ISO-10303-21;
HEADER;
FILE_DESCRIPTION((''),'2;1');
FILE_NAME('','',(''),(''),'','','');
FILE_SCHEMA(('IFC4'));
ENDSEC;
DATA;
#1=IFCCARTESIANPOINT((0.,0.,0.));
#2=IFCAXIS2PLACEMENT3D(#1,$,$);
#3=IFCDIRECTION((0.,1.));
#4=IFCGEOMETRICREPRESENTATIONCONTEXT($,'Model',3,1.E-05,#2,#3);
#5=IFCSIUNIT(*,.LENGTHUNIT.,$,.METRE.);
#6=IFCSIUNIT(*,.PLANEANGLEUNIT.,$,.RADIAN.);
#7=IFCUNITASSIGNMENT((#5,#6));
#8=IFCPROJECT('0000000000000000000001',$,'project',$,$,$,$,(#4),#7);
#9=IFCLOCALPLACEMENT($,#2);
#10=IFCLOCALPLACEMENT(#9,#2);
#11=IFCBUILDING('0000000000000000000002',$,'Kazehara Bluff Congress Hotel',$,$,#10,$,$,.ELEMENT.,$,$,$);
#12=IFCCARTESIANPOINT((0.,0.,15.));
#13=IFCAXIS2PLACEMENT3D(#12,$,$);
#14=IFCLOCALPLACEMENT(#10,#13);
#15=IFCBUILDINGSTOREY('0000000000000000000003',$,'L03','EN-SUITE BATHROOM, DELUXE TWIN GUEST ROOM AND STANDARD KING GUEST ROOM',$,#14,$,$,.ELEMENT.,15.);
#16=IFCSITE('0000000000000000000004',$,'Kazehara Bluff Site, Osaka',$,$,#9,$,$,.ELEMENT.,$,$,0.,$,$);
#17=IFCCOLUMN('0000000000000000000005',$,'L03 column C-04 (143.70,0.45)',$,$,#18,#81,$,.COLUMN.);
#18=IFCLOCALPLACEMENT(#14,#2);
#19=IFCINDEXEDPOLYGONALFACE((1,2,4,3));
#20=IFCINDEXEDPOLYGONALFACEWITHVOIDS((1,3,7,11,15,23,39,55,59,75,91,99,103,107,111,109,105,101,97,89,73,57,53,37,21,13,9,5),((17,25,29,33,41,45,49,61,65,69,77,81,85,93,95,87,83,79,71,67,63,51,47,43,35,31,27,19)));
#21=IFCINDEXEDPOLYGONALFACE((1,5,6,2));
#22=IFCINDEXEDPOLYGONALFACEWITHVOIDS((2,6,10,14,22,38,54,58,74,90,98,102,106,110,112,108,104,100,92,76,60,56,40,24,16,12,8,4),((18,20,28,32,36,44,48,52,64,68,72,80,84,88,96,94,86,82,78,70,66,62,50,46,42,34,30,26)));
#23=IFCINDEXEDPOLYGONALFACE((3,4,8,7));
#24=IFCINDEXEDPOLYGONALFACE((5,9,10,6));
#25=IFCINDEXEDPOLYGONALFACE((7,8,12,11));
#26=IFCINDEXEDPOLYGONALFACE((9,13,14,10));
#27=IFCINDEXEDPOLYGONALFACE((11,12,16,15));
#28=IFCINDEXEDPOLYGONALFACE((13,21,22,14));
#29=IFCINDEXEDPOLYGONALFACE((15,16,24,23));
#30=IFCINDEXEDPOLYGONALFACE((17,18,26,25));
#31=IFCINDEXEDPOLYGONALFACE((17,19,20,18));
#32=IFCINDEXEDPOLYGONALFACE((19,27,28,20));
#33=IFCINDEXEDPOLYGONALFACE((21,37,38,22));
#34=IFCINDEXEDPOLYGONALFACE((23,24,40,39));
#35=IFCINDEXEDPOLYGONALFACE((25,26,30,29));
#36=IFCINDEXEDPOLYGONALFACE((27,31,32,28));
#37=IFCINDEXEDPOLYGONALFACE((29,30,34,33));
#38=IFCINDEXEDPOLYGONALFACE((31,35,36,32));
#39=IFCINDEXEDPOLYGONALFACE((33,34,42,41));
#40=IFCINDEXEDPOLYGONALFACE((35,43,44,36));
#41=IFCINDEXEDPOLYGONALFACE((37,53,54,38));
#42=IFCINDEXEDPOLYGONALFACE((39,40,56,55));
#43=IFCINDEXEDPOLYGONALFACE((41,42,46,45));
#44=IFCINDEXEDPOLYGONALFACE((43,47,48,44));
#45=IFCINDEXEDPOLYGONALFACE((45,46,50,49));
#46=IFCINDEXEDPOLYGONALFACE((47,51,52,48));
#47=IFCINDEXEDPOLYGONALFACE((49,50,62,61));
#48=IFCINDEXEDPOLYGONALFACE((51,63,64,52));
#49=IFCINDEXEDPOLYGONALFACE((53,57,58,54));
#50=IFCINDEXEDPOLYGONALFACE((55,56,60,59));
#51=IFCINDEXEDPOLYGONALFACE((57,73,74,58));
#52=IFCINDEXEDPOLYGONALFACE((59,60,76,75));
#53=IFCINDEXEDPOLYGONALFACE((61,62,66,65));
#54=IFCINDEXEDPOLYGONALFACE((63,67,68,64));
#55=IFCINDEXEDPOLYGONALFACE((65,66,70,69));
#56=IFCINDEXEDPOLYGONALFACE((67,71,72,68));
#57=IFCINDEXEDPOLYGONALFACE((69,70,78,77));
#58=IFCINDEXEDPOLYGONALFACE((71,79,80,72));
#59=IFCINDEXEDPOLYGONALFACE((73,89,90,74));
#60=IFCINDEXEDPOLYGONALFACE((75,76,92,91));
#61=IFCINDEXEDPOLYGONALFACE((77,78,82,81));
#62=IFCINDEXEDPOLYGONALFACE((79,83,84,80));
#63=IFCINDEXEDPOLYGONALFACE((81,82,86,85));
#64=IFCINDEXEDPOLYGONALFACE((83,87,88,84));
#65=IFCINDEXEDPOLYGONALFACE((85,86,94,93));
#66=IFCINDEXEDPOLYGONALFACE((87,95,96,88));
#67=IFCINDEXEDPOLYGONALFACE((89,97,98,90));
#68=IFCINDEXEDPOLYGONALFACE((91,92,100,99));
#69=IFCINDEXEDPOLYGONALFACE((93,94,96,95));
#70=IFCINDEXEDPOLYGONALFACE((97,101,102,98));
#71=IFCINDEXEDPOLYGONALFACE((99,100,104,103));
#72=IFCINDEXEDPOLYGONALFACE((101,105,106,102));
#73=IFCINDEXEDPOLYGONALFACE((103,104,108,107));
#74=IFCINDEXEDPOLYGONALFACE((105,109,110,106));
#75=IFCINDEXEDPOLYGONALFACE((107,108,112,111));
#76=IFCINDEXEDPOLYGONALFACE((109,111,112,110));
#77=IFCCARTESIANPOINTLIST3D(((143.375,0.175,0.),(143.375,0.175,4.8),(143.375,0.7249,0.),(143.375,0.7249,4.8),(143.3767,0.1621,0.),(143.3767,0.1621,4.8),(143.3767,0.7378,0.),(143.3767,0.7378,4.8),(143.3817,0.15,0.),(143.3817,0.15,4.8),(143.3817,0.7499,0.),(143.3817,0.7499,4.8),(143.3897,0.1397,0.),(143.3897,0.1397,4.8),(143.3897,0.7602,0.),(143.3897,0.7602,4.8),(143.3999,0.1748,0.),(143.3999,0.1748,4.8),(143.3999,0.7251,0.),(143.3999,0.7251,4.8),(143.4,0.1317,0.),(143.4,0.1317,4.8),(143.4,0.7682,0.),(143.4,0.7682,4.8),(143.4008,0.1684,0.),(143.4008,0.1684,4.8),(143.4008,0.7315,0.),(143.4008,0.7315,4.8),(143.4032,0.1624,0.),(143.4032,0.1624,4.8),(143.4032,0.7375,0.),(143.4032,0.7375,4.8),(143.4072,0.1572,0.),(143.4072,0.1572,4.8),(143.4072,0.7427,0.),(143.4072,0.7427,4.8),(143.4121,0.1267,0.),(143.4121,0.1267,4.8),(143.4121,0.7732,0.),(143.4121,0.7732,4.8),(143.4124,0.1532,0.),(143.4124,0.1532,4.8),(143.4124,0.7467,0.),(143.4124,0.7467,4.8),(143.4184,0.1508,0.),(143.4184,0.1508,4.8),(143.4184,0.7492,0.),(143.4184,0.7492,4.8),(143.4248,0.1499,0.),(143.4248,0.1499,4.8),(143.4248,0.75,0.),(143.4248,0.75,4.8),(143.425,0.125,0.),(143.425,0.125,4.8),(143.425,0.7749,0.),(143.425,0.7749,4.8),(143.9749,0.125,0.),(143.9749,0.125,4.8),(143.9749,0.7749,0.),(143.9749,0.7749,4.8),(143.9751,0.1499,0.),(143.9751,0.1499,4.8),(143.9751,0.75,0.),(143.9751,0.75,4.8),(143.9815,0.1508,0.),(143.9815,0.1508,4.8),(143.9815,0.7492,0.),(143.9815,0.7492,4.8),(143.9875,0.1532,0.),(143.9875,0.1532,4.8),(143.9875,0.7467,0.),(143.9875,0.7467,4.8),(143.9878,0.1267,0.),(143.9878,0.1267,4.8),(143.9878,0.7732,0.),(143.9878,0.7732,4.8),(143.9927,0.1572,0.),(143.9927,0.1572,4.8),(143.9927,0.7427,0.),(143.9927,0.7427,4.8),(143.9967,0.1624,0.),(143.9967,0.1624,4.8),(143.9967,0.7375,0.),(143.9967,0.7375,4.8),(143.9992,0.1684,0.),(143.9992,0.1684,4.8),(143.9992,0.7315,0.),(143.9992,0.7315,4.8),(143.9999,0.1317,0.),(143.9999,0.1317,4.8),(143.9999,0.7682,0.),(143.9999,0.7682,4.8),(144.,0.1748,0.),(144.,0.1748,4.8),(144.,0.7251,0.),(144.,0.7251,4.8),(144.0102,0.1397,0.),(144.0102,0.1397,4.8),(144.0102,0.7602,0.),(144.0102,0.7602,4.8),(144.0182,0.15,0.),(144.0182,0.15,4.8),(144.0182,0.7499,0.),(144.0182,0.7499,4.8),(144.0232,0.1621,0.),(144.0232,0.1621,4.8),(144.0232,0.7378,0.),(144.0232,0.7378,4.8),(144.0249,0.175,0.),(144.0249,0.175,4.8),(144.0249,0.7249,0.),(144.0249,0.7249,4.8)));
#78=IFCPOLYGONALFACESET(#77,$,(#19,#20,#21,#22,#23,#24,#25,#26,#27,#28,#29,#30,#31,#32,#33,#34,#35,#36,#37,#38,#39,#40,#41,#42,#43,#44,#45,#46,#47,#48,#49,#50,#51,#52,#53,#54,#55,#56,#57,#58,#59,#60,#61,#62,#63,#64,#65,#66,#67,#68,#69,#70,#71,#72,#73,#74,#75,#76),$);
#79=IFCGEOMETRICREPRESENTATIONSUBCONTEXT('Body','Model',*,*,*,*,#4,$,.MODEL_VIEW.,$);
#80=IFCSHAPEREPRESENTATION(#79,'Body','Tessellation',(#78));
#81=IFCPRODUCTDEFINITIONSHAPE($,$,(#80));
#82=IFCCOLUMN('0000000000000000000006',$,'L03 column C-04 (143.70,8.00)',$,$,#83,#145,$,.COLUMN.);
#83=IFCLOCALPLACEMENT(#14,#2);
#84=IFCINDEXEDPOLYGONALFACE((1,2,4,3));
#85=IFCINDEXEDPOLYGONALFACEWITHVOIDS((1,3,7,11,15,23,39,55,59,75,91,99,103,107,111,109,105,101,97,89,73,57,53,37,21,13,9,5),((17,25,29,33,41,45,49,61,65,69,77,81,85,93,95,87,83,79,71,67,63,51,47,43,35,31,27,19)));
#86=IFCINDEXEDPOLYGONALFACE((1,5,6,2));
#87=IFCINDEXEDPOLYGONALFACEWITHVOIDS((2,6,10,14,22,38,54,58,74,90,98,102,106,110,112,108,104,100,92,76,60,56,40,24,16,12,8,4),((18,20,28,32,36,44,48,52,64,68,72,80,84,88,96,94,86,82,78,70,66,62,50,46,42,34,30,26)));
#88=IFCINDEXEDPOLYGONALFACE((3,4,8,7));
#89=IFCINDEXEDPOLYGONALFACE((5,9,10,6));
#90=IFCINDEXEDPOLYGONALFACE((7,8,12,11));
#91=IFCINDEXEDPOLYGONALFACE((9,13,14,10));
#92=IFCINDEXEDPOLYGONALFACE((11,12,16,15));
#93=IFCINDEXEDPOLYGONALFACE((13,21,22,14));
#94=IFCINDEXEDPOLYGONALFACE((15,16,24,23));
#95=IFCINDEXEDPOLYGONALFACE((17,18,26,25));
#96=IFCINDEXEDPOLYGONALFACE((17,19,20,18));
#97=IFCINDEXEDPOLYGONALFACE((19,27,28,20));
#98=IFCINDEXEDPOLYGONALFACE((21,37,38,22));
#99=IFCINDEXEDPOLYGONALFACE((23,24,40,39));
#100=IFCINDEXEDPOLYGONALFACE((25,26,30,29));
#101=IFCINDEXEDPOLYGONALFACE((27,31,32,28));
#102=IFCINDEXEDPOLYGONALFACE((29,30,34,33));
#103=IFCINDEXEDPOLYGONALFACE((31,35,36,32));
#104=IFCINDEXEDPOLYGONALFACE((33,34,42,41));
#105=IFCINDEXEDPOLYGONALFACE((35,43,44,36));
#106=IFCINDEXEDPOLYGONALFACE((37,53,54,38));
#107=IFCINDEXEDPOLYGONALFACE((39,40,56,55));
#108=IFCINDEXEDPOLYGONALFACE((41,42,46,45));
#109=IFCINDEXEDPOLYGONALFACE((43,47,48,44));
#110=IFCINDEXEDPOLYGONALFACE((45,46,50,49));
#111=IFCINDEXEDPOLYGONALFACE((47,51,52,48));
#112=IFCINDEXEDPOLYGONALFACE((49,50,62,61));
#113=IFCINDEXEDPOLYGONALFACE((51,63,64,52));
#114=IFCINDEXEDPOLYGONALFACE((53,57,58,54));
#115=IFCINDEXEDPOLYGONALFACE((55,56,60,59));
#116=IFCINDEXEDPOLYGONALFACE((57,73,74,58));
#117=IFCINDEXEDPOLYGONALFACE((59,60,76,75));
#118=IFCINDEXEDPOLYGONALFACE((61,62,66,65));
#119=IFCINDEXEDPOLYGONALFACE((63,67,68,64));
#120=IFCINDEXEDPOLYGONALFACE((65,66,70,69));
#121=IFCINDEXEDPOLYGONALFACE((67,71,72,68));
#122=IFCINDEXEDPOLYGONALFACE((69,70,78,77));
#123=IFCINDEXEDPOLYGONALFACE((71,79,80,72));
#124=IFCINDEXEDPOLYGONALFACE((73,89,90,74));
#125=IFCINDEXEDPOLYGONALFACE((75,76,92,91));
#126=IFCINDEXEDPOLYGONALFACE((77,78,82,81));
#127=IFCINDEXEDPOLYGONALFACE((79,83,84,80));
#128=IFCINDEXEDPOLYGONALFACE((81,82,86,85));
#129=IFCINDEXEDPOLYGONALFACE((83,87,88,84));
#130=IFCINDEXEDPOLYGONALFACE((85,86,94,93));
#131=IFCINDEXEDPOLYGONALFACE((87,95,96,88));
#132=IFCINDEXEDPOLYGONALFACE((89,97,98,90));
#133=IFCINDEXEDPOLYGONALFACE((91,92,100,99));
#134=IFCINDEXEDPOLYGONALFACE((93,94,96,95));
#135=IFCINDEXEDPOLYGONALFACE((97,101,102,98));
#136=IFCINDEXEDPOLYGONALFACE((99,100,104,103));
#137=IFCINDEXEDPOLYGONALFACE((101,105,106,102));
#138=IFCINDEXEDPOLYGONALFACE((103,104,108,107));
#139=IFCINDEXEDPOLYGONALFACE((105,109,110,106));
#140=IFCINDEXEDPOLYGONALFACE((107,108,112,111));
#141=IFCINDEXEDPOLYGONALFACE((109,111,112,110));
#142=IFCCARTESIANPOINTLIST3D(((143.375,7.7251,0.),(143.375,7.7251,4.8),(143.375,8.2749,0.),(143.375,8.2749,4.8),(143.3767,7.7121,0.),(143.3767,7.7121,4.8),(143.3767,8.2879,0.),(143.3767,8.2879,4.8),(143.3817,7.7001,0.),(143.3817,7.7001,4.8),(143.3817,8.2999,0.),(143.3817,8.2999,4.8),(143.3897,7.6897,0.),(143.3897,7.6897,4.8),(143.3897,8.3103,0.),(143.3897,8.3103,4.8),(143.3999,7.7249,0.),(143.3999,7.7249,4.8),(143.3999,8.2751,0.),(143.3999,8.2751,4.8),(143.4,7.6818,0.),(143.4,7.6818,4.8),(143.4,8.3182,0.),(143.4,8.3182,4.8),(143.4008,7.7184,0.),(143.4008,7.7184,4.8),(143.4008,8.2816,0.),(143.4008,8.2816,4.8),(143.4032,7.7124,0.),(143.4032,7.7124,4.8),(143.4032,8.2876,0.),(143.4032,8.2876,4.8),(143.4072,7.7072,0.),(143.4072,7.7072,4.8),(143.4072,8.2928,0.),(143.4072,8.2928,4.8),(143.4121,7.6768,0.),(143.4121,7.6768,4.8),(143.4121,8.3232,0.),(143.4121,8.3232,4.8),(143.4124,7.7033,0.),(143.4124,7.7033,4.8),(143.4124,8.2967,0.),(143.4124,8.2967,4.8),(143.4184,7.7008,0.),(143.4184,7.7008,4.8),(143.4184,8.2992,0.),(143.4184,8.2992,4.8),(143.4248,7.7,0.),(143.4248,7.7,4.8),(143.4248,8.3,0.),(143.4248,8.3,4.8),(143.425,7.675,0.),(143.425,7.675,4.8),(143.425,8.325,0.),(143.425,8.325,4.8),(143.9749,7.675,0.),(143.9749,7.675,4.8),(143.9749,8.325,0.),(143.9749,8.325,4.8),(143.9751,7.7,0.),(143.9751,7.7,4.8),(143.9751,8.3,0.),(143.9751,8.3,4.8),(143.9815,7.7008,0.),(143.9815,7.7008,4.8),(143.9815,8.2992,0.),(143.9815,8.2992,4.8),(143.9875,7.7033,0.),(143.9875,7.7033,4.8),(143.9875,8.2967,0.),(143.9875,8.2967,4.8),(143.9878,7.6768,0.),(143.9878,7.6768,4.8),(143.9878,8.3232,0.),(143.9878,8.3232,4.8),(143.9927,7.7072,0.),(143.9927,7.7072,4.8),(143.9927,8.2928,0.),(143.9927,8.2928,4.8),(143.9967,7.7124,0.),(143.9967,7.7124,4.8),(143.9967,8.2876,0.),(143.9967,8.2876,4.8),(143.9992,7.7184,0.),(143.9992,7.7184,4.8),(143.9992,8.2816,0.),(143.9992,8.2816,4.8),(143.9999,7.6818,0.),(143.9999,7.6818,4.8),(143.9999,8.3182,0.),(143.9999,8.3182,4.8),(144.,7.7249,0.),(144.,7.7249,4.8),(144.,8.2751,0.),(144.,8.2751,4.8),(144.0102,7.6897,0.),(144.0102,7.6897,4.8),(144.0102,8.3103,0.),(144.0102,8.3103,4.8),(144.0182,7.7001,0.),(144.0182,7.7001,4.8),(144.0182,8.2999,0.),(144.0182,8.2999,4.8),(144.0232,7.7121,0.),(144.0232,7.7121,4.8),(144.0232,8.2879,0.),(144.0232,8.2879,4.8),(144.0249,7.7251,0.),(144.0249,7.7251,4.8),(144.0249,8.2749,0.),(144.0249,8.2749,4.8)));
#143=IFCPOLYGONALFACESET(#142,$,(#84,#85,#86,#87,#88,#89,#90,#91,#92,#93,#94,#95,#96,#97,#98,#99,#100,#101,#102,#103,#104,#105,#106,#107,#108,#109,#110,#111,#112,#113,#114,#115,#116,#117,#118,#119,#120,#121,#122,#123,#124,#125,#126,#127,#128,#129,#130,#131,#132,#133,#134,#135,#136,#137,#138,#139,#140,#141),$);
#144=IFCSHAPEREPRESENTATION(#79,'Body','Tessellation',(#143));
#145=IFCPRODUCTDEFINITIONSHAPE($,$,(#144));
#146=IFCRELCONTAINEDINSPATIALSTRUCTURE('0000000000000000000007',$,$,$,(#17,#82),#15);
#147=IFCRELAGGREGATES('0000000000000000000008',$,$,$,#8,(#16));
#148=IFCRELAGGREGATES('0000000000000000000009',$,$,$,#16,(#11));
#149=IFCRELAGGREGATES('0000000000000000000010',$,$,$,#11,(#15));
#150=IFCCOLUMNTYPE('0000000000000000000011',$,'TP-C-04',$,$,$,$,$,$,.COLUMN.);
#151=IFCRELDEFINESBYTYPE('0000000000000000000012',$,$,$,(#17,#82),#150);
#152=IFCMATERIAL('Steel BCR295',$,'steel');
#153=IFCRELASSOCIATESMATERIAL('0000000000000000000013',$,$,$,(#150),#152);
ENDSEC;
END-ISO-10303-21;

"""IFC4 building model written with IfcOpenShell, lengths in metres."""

from ifc_helpers import new_model, si_unit, direction, frame, origin, origin_2d, place, context, subcontext, project, spatial, hollow_rectangle, extrude, material, material_profile, profile_set, type_object, element, save


model = new_model("IFC4")

# Units and contexts
model_context = context("Model", 3, precision=1e-05, world=origin(), true_north=direction((0.0, 1.0)))
body_context = subcontext(model_context, "Body", "Model", "MODEL_VIEW")
ifc_project = project(units=[si_unit("LENGTHUNIT", "METRE"), si_unit("PLANEANGLEUNIT", "RADIAN")], contexts=[model_context])

# Site, building, storey
site_placement = place(None, origin())
site = spatial("IfcSite", under=ifc_project, at=site_placement, Name="Kazehara Bluff Site, Osaka", CompositionType="ELEMENT", RefElevation=0.0)
building_placement = place(site_placement, origin())
building = spatial("IfcBuilding", under=site, at=building_placement, Name="Kazehara Bluff Congress Hotel", CompositionType="ELEMENT")
storey_placement = place(building_placement, frame((0.0, 0.0, 15.0)))
storey = spatial("IfcBuildingStorey", under=building, at=storey_placement, Name="L03", Description="EN-SUITE BATHROOM, DELUXE TWIN GUEST ROOM AND STANDARD KING GUEST ROOM", CompositionType="ELEMENT", Elevation=15.0)

# Columns
ifc_material_1 = material(Name="Steel BCR295", Category="steel")
ifc_material_profile_1 = material_profile(ifc_material_1, hollow_rectangle(XDim=0.6499, YDim=0.6499, WallThickness=0.0249, InnerFilletRadius=0.0249, OuterFilletRadius=0.05, at=origin_2d()))
ifc_profile_set_1 = profile_set([ifc_material_profile_1], Name="Steel BCR295")
column_type = type_object("IfcColumnType", Name="TP-C-04", PredefinedType="COLUMN", material=ifc_profile_set_1)
for number, where, z_axis, x_axis, name in (
    (1, (143.7, 0.45, 0.0), (0.0, 0.0, 1.0), (1.0, 0.0, 0.0), "L03 column C-04 (143.70,0.45)"),
    (2, (143.7, 8.0, 0.0), (0.0, 0.0, 1.0), (1.0, 0.0, 0.0), "L03 column C-04 (143.70,8.00)"),
):
    element("IfcColumn", number, at=place(storey_placement, frame(where, z_axis=z_axis, x_axis=x_axis)), inside=storey, type_object=column_type, Name=name, PredefinedType="COLUMN", context=body_context, shape_type="SweptSolid", body=[
        extrude(hollow_rectangle(XDim=0.6499, YDim=0.6499, WallThickness=0.0249, InnerFilletRadius=0.0249, OuterFilletRadius=0.05, at=origin_2d()), origin(), (0.0, 0.0, 1.0), 4.8),
    ])

save(model, "model.ifc")
